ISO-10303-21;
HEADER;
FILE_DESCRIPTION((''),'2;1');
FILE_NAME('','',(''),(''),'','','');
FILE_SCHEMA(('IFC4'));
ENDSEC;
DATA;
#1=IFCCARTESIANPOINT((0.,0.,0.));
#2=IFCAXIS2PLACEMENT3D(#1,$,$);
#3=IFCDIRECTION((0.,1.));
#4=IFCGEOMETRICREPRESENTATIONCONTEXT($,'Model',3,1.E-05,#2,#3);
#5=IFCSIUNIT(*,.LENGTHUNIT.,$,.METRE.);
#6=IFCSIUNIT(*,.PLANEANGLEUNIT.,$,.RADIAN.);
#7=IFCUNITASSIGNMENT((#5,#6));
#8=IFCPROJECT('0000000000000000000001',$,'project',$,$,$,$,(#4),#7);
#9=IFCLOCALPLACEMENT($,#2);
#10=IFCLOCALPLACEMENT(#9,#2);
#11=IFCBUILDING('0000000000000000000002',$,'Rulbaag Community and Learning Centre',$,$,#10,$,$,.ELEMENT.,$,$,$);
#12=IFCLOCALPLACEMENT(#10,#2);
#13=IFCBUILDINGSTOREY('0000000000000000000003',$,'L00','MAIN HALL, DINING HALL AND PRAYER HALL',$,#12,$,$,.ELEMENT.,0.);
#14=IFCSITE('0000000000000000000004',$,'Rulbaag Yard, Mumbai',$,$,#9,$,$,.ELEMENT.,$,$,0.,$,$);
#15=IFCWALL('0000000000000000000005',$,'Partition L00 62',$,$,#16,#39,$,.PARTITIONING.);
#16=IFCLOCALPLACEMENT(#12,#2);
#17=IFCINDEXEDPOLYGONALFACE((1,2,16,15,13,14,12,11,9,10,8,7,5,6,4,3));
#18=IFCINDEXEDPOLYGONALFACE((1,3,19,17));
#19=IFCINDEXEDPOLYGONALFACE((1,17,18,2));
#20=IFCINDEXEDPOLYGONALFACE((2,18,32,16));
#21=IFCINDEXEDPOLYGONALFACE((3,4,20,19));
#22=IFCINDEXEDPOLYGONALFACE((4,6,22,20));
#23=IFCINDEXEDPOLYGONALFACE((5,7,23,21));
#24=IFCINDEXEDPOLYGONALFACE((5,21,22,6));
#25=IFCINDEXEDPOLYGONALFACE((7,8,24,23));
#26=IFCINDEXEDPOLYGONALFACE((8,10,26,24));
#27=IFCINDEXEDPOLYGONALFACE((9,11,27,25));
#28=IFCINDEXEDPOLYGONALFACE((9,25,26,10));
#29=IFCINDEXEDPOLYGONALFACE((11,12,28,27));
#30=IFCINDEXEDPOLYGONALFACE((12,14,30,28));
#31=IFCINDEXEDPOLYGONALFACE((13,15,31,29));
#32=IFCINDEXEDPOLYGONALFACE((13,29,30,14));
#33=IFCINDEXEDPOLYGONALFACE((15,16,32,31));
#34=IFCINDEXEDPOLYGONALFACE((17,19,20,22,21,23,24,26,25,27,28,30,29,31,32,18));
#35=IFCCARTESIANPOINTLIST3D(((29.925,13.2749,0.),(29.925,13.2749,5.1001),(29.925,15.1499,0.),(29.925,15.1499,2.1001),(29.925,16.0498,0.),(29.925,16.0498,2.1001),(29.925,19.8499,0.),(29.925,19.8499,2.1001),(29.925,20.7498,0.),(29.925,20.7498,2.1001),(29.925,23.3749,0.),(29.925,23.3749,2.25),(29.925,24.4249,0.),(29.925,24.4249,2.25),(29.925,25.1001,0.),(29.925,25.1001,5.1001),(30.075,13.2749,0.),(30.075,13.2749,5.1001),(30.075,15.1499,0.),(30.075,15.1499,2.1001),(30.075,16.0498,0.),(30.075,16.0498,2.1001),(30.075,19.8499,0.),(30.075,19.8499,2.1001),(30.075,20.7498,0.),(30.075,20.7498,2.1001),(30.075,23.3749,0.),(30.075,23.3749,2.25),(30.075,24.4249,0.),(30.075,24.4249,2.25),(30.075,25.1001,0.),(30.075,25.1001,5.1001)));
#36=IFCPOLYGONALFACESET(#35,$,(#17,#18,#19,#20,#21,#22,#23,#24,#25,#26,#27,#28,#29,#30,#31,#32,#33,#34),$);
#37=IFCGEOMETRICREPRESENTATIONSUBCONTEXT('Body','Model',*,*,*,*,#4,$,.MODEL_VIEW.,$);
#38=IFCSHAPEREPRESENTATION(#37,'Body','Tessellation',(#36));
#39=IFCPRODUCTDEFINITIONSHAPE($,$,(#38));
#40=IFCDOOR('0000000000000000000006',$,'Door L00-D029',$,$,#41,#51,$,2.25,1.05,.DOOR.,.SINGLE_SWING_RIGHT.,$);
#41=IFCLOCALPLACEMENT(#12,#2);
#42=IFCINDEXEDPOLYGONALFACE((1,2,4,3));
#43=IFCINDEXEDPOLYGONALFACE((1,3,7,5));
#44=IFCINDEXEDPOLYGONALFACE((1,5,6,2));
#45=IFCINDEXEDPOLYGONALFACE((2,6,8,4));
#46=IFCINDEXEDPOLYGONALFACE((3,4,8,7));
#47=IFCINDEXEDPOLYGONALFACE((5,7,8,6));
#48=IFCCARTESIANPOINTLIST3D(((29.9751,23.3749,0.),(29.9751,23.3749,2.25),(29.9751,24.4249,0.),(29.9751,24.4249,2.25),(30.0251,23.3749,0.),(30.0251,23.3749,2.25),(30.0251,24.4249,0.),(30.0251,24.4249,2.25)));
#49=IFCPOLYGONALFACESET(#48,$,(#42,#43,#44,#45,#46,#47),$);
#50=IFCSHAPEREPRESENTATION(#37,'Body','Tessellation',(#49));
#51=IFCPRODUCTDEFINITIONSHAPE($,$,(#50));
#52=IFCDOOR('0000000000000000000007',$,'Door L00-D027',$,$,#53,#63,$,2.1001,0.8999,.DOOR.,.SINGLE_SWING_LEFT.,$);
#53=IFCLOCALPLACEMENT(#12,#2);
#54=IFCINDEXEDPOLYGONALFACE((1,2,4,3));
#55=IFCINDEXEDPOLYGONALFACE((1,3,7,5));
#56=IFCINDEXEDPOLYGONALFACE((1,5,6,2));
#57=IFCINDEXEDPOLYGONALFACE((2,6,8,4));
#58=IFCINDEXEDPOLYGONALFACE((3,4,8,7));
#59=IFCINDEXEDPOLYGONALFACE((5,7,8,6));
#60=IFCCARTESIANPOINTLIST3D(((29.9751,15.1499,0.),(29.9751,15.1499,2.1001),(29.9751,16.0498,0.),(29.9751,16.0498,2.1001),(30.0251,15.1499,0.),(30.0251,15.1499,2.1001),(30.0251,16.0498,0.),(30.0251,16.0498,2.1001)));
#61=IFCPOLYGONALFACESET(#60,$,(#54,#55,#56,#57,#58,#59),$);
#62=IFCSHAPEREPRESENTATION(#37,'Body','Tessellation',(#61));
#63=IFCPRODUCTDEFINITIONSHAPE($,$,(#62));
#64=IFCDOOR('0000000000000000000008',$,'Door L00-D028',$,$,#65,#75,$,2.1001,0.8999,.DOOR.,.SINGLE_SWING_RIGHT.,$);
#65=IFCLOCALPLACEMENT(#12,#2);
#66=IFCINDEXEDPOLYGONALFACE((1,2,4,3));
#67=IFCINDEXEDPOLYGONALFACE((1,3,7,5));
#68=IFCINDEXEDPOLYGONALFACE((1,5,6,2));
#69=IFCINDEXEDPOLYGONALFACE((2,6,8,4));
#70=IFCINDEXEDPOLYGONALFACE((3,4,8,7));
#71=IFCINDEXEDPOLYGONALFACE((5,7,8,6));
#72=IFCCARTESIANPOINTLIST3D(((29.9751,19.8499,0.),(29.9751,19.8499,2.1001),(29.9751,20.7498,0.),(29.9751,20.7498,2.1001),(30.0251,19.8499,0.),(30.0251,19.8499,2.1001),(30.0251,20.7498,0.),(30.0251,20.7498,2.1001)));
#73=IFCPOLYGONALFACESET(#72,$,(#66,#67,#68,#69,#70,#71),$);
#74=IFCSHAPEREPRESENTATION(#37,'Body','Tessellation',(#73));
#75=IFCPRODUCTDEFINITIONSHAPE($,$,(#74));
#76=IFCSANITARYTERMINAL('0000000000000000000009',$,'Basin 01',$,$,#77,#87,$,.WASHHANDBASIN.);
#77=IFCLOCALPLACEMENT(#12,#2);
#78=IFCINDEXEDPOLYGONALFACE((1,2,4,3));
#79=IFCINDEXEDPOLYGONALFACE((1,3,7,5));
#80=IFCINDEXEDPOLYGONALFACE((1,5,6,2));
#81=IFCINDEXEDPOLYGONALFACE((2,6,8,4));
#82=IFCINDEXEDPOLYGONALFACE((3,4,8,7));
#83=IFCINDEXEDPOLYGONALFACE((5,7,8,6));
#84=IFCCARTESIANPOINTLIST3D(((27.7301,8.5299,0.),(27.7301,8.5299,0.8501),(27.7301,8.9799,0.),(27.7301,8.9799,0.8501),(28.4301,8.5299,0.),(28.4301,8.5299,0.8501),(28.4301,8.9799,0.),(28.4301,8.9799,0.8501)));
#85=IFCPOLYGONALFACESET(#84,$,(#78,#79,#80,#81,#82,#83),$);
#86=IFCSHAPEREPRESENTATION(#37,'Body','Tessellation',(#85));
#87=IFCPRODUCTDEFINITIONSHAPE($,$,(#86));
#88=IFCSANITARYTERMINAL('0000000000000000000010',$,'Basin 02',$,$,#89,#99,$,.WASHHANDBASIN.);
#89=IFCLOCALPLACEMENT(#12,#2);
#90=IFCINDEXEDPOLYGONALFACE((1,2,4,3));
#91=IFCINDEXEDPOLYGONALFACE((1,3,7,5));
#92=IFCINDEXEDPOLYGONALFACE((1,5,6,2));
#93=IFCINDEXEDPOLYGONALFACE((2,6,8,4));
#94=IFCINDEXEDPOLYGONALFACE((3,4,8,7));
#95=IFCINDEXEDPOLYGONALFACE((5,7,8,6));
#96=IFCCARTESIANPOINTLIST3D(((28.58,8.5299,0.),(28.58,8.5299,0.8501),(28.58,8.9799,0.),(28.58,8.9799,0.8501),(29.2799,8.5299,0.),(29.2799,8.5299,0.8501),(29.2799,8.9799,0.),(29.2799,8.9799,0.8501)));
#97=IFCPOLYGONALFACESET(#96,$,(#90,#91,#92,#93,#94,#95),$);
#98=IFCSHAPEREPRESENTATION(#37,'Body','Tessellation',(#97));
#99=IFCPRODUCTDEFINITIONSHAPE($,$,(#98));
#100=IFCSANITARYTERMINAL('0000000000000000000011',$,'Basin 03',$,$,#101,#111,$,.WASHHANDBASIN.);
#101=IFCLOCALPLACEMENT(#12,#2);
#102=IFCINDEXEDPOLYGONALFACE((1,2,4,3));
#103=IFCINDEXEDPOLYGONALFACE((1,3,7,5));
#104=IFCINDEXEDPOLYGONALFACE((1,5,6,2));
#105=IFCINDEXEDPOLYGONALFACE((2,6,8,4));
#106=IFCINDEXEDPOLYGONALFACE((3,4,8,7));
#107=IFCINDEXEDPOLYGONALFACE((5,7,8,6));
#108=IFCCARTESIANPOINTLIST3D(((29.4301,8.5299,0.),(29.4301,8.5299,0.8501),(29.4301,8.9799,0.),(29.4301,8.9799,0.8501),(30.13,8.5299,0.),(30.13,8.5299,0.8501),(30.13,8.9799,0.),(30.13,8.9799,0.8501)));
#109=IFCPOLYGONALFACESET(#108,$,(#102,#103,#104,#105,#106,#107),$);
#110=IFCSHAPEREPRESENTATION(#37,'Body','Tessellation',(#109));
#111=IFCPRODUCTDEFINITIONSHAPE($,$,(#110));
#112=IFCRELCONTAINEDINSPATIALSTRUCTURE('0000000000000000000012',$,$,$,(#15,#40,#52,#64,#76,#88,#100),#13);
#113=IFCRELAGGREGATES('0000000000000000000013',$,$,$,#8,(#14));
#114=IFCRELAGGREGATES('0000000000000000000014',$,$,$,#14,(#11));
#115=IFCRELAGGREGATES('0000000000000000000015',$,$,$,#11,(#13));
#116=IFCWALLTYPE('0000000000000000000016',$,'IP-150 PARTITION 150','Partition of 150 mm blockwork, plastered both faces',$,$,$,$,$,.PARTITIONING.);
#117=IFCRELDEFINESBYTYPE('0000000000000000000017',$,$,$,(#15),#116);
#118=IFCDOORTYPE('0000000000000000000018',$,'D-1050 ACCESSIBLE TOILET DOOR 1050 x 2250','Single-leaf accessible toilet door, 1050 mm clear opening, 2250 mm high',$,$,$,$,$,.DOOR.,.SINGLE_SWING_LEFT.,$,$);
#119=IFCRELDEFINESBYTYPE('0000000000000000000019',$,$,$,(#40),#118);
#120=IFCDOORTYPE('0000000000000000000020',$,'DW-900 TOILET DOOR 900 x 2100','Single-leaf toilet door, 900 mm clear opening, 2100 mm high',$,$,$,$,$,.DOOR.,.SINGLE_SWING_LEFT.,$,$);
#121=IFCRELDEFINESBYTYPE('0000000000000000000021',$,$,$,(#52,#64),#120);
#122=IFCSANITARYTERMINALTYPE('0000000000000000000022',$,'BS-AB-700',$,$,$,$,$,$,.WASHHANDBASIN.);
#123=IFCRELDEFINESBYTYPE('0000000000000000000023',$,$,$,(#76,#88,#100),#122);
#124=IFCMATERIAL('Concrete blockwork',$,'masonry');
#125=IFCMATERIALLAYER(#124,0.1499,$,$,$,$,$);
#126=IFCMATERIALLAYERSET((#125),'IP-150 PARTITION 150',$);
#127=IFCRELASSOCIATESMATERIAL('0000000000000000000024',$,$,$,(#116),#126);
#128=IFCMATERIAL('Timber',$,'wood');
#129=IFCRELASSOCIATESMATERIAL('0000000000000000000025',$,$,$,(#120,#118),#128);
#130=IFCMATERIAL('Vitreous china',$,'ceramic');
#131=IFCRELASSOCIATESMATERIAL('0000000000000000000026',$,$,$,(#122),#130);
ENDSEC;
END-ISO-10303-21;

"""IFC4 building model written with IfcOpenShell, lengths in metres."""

from ifc_helpers import new_model, si_unit, direction, frame, frame_2d, origin, origin_2d, place, context, subcontext, project, spatial, rectangle, extrude, material, layer, layer_set, type_object, element, fill, save


model = new_model("IFC4")

# Units and contexts
model_context = context("Model", 3, precision=1e-05, world=origin(), true_north=direction((0.0, 1.0)))
body_context = subcontext(model_context, "Body", "Model", "MODEL_VIEW")
ifc_project = project(units=[si_unit("LENGTHUNIT", "METRE"), si_unit("PLANEANGLEUNIT", "RADIAN")], contexts=[model_context])

# Site, building, storey
site_placement = place(None, origin())
site = spatial("IfcSite", under=ifc_project, at=site_placement, Name="Rulbaag Yard, Mumbai", CompositionType="ELEMENT", RefElevation=0.0)
building_placement = place(site_placement, origin())
building = spatial("IfcBuilding", under=site, at=building_placement, Name="Rulbaag Community and Learning Centre", CompositionType="ELEMENT")
storey_placement = place(building_placement, origin())
storey = spatial("IfcBuildingStorey", under=building, at=storey_placement, Name="L00", Description="MAIN HALL, DINING HALL AND PRAYER HALL", CompositionType="ELEMENT", Elevation=0.0)

# Shared definitions
ifc_material_1 = material(Name="Concrete blockwork", Category="masonry")
ifc_layer = layer(ifc_material_1, 0.1499)
ifc_layer_set = layer_set([ifc_layer], Name="IP-150 PARTITION 150")
wall_type = type_object("IfcWallType", Name="IP-150 PARTITION 150", Description="Partition of 150 mm blockwork, plastered both faces", PredefinedType="PARTITIONING", material=ifc_layer_set)
ifc_material_2 = material(Name="Timber", Category="wood")
door_type_1 = type_object("IfcDoorType", Name="DW-900 TOILET DOOR 900 x 2100", Description="Single-leaf toilet door, 900 mm clear opening, 2100 mm high", OperationType="SINGLE_SWING_LEFT", PredefinedType="DOOR", material=ifc_material_2)

# Wall, openings, doors
wall_1_placement = place(storey_placement, frame((30.0, 13.2749, 0.0), z_axis=(0.0, 0.0, 1.0), x_axis=(0.0, 1.0, 0.0)))
wall_1 = element("IfcWall", 1, at=wall_1_placement, inside=storey, type_object=wall_type, Name="Partition L00 62", PredefinedType="PARTITIONING", context=body_context, shape_type="SweptSolid", body=[
    extrude(rectangle(XDim=11.8252, YDim=0.1499, at=frame_2d((5.9126, 0.0))), origin(), (0.0, 0.0, 1.0), 5.1001),
])
opening_1_placement = place(wall_1_placement, frame((1.875, 0.0, 0.0)))
opening_1 = element("IfcOpeningElement", 2, at=opening_1_placement, cuts=wall_1, PredefinedType="OPENING", context=body_context, shape_type="SweptSolid", body=[
    extrude(rectangle(XDim=0.8999, YDim=2.1001, at=frame_2d((0.45, 1.05))), frame((0.0, 0.085, 0.0), z_axis=(0.0, -1.0, 0.0), x_axis=(1.0, 0.0, 0.0)), (0.0, 0.0, 1.0), 0.1699),
])
opening_2_placement = place(wall_1_placement, frame((6.575, 0.0, 0.0)))
opening_2 = element("IfcOpeningElement", 3, at=opening_2_placement, cuts=wall_1, PredefinedType="OPENING", context=body_context, shape_type="SweptSolid", body=[
    extrude(rectangle(XDim=0.8999, YDim=2.1001, at=frame_2d((0.45, 1.05))), frame((0.0, 0.085, 0.0), z_axis=(0.0, -1.0, 0.0), x_axis=(1.0, 0.0, 0.0)), (0.0, 0.0, 1.0), 0.1699),
])
opening_3_placement = place(wall_1_placement, frame((10.1001, 0.0, 0.0)))
opening_3 = element("IfcOpeningElement", 4, at=opening_3_placement, cuts=wall_1, PredefinedType="OPENING", context=body_context, shape_type="SweptSolid", body=[
    extrude(rectangle(XDim=1.05, YDim=2.25, at=frame_2d((0.5249, 1.125))), frame((0.0, 0.085, 0.0), z_axis=(0.0, -1.0, 0.0), x_axis=(1.0, 0.0, 0.0)), (0.0, 0.0, 1.0), 0.1699),
])
door_type_2 = type_object("IfcDoorType", Name="D-1050 ACCESSIBLE TOILET DOOR 1050 x 2250", Description="Single-leaf accessible toilet door, 1050 mm clear opening, 2250 mm high", OperationType="SINGLE_SWING_LEFT", PredefinedType="DOOR", material=ifc_material_2)
door_1_placement = place(opening_3_placement, origin())
door_1 = element("IfcDoor", 5, at=door_1_placement, inside=storey, type_object=door_type_2, Name="Door L00-D029", OperationType="SINGLE_SWING_RIGHT", OverallHeight=2.25, OverallWidth=1.05, PredefinedType="DOOR", context=body_context, shape_type="SweptSolid", body=[
    extrude(rectangle(XDim=1.05, YDim=2.25, at=frame_2d((0.5249, 1.125))), frame((0.0, 0.0249, 0.0), z_axis=(0.0, -1.0, 0.0), x_axis=(1.0, 0.0, 0.0)), (0.0, 0.0, 1.0), 0.05),
])
fill(opening_3, door_1)
door_2_placement = place(opening_1_placement, origin())
door_2 = element("IfcDoor", 6, at=door_2_placement, inside=storey, type_object=door_type_1, Name="Door L00-D027", OperationType="SINGLE_SWING_LEFT", OverallHeight=2.1001, OverallWidth=0.8999, PredefinedType="DOOR", context=body_context, shape_type="SweptSolid", body=[
    extrude(rectangle(XDim=0.8999, YDim=2.1001, at=frame_2d((0.45, 1.05))), frame((0.0, 0.0249, 0.0), z_axis=(0.0, -1.0, 0.0), x_axis=(1.0, 0.0, 0.0)), (0.0, 0.0, 1.0), 0.05),
])
fill(opening_1, door_2)
door_3_placement = place(opening_2_placement, origin())
door_3 = element("IfcDoor", 7, at=door_3_placement, inside=storey, type_object=door_type_1, Name="Door L00-D028", OperationType="SINGLE_SWING_RIGHT", OverallHeight=2.1001, OverallWidth=0.8999, PredefinedType="DOOR", context=body_context, shape_type="SweptSolid", body=[
    extrude(rectangle(XDim=0.8999, YDim=2.1001, at=frame_2d((0.45, 1.05))), frame((0.0, 0.0249, 0.0), z_axis=(0.0, -1.0, 0.0), x_axis=(1.0, 0.0, 0.0)), (0.0, 0.0, 1.0), 0.05),
])
fill(opening_2, door_3)

# Sanitary terminals
ifc_material_3 = material(Name="Vitreous china", Category="ceramic")
sanitary_terminal_type = type_object("IfcSanitaryTerminalType", Name="BS-AB-700", PredefinedType="WASHHANDBASIN", material=ifc_material_3)
for number, where, z_axis, x_axis, name in (
    (8, (28.0801, 8.7549, 0.0), (0.0, 0.0, 1.0), (1.0, 0.0, 0.0), "Basin 01"),
    (9, (28.9299, 8.7549, 0.0), (0.0, 0.0, 1.0), (1.0, 0.0, 0.0), "Basin 02"),
    (10, (29.78, 8.7549, 0.0), (0.0, 0.0, 1.0), (1.0, 0.0, 0.0), "Basin 03"),
):
    element("IfcSanitaryTerminal", number, at=place(storey_placement, frame(where, z_axis=z_axis, x_axis=x_axis)), inside=storey, type_object=sanitary_terminal_type, Name=name, PredefinedType="WASHHANDBASIN", context=body_context, shape_type="SweptSolid", body=[
        extrude(rectangle(XDim=0.7, YDim=0.45, at=origin_2d()), origin(), (0.0, 0.0, 1.0), 0.8501),
    ])

save(model, "model.ifc")
